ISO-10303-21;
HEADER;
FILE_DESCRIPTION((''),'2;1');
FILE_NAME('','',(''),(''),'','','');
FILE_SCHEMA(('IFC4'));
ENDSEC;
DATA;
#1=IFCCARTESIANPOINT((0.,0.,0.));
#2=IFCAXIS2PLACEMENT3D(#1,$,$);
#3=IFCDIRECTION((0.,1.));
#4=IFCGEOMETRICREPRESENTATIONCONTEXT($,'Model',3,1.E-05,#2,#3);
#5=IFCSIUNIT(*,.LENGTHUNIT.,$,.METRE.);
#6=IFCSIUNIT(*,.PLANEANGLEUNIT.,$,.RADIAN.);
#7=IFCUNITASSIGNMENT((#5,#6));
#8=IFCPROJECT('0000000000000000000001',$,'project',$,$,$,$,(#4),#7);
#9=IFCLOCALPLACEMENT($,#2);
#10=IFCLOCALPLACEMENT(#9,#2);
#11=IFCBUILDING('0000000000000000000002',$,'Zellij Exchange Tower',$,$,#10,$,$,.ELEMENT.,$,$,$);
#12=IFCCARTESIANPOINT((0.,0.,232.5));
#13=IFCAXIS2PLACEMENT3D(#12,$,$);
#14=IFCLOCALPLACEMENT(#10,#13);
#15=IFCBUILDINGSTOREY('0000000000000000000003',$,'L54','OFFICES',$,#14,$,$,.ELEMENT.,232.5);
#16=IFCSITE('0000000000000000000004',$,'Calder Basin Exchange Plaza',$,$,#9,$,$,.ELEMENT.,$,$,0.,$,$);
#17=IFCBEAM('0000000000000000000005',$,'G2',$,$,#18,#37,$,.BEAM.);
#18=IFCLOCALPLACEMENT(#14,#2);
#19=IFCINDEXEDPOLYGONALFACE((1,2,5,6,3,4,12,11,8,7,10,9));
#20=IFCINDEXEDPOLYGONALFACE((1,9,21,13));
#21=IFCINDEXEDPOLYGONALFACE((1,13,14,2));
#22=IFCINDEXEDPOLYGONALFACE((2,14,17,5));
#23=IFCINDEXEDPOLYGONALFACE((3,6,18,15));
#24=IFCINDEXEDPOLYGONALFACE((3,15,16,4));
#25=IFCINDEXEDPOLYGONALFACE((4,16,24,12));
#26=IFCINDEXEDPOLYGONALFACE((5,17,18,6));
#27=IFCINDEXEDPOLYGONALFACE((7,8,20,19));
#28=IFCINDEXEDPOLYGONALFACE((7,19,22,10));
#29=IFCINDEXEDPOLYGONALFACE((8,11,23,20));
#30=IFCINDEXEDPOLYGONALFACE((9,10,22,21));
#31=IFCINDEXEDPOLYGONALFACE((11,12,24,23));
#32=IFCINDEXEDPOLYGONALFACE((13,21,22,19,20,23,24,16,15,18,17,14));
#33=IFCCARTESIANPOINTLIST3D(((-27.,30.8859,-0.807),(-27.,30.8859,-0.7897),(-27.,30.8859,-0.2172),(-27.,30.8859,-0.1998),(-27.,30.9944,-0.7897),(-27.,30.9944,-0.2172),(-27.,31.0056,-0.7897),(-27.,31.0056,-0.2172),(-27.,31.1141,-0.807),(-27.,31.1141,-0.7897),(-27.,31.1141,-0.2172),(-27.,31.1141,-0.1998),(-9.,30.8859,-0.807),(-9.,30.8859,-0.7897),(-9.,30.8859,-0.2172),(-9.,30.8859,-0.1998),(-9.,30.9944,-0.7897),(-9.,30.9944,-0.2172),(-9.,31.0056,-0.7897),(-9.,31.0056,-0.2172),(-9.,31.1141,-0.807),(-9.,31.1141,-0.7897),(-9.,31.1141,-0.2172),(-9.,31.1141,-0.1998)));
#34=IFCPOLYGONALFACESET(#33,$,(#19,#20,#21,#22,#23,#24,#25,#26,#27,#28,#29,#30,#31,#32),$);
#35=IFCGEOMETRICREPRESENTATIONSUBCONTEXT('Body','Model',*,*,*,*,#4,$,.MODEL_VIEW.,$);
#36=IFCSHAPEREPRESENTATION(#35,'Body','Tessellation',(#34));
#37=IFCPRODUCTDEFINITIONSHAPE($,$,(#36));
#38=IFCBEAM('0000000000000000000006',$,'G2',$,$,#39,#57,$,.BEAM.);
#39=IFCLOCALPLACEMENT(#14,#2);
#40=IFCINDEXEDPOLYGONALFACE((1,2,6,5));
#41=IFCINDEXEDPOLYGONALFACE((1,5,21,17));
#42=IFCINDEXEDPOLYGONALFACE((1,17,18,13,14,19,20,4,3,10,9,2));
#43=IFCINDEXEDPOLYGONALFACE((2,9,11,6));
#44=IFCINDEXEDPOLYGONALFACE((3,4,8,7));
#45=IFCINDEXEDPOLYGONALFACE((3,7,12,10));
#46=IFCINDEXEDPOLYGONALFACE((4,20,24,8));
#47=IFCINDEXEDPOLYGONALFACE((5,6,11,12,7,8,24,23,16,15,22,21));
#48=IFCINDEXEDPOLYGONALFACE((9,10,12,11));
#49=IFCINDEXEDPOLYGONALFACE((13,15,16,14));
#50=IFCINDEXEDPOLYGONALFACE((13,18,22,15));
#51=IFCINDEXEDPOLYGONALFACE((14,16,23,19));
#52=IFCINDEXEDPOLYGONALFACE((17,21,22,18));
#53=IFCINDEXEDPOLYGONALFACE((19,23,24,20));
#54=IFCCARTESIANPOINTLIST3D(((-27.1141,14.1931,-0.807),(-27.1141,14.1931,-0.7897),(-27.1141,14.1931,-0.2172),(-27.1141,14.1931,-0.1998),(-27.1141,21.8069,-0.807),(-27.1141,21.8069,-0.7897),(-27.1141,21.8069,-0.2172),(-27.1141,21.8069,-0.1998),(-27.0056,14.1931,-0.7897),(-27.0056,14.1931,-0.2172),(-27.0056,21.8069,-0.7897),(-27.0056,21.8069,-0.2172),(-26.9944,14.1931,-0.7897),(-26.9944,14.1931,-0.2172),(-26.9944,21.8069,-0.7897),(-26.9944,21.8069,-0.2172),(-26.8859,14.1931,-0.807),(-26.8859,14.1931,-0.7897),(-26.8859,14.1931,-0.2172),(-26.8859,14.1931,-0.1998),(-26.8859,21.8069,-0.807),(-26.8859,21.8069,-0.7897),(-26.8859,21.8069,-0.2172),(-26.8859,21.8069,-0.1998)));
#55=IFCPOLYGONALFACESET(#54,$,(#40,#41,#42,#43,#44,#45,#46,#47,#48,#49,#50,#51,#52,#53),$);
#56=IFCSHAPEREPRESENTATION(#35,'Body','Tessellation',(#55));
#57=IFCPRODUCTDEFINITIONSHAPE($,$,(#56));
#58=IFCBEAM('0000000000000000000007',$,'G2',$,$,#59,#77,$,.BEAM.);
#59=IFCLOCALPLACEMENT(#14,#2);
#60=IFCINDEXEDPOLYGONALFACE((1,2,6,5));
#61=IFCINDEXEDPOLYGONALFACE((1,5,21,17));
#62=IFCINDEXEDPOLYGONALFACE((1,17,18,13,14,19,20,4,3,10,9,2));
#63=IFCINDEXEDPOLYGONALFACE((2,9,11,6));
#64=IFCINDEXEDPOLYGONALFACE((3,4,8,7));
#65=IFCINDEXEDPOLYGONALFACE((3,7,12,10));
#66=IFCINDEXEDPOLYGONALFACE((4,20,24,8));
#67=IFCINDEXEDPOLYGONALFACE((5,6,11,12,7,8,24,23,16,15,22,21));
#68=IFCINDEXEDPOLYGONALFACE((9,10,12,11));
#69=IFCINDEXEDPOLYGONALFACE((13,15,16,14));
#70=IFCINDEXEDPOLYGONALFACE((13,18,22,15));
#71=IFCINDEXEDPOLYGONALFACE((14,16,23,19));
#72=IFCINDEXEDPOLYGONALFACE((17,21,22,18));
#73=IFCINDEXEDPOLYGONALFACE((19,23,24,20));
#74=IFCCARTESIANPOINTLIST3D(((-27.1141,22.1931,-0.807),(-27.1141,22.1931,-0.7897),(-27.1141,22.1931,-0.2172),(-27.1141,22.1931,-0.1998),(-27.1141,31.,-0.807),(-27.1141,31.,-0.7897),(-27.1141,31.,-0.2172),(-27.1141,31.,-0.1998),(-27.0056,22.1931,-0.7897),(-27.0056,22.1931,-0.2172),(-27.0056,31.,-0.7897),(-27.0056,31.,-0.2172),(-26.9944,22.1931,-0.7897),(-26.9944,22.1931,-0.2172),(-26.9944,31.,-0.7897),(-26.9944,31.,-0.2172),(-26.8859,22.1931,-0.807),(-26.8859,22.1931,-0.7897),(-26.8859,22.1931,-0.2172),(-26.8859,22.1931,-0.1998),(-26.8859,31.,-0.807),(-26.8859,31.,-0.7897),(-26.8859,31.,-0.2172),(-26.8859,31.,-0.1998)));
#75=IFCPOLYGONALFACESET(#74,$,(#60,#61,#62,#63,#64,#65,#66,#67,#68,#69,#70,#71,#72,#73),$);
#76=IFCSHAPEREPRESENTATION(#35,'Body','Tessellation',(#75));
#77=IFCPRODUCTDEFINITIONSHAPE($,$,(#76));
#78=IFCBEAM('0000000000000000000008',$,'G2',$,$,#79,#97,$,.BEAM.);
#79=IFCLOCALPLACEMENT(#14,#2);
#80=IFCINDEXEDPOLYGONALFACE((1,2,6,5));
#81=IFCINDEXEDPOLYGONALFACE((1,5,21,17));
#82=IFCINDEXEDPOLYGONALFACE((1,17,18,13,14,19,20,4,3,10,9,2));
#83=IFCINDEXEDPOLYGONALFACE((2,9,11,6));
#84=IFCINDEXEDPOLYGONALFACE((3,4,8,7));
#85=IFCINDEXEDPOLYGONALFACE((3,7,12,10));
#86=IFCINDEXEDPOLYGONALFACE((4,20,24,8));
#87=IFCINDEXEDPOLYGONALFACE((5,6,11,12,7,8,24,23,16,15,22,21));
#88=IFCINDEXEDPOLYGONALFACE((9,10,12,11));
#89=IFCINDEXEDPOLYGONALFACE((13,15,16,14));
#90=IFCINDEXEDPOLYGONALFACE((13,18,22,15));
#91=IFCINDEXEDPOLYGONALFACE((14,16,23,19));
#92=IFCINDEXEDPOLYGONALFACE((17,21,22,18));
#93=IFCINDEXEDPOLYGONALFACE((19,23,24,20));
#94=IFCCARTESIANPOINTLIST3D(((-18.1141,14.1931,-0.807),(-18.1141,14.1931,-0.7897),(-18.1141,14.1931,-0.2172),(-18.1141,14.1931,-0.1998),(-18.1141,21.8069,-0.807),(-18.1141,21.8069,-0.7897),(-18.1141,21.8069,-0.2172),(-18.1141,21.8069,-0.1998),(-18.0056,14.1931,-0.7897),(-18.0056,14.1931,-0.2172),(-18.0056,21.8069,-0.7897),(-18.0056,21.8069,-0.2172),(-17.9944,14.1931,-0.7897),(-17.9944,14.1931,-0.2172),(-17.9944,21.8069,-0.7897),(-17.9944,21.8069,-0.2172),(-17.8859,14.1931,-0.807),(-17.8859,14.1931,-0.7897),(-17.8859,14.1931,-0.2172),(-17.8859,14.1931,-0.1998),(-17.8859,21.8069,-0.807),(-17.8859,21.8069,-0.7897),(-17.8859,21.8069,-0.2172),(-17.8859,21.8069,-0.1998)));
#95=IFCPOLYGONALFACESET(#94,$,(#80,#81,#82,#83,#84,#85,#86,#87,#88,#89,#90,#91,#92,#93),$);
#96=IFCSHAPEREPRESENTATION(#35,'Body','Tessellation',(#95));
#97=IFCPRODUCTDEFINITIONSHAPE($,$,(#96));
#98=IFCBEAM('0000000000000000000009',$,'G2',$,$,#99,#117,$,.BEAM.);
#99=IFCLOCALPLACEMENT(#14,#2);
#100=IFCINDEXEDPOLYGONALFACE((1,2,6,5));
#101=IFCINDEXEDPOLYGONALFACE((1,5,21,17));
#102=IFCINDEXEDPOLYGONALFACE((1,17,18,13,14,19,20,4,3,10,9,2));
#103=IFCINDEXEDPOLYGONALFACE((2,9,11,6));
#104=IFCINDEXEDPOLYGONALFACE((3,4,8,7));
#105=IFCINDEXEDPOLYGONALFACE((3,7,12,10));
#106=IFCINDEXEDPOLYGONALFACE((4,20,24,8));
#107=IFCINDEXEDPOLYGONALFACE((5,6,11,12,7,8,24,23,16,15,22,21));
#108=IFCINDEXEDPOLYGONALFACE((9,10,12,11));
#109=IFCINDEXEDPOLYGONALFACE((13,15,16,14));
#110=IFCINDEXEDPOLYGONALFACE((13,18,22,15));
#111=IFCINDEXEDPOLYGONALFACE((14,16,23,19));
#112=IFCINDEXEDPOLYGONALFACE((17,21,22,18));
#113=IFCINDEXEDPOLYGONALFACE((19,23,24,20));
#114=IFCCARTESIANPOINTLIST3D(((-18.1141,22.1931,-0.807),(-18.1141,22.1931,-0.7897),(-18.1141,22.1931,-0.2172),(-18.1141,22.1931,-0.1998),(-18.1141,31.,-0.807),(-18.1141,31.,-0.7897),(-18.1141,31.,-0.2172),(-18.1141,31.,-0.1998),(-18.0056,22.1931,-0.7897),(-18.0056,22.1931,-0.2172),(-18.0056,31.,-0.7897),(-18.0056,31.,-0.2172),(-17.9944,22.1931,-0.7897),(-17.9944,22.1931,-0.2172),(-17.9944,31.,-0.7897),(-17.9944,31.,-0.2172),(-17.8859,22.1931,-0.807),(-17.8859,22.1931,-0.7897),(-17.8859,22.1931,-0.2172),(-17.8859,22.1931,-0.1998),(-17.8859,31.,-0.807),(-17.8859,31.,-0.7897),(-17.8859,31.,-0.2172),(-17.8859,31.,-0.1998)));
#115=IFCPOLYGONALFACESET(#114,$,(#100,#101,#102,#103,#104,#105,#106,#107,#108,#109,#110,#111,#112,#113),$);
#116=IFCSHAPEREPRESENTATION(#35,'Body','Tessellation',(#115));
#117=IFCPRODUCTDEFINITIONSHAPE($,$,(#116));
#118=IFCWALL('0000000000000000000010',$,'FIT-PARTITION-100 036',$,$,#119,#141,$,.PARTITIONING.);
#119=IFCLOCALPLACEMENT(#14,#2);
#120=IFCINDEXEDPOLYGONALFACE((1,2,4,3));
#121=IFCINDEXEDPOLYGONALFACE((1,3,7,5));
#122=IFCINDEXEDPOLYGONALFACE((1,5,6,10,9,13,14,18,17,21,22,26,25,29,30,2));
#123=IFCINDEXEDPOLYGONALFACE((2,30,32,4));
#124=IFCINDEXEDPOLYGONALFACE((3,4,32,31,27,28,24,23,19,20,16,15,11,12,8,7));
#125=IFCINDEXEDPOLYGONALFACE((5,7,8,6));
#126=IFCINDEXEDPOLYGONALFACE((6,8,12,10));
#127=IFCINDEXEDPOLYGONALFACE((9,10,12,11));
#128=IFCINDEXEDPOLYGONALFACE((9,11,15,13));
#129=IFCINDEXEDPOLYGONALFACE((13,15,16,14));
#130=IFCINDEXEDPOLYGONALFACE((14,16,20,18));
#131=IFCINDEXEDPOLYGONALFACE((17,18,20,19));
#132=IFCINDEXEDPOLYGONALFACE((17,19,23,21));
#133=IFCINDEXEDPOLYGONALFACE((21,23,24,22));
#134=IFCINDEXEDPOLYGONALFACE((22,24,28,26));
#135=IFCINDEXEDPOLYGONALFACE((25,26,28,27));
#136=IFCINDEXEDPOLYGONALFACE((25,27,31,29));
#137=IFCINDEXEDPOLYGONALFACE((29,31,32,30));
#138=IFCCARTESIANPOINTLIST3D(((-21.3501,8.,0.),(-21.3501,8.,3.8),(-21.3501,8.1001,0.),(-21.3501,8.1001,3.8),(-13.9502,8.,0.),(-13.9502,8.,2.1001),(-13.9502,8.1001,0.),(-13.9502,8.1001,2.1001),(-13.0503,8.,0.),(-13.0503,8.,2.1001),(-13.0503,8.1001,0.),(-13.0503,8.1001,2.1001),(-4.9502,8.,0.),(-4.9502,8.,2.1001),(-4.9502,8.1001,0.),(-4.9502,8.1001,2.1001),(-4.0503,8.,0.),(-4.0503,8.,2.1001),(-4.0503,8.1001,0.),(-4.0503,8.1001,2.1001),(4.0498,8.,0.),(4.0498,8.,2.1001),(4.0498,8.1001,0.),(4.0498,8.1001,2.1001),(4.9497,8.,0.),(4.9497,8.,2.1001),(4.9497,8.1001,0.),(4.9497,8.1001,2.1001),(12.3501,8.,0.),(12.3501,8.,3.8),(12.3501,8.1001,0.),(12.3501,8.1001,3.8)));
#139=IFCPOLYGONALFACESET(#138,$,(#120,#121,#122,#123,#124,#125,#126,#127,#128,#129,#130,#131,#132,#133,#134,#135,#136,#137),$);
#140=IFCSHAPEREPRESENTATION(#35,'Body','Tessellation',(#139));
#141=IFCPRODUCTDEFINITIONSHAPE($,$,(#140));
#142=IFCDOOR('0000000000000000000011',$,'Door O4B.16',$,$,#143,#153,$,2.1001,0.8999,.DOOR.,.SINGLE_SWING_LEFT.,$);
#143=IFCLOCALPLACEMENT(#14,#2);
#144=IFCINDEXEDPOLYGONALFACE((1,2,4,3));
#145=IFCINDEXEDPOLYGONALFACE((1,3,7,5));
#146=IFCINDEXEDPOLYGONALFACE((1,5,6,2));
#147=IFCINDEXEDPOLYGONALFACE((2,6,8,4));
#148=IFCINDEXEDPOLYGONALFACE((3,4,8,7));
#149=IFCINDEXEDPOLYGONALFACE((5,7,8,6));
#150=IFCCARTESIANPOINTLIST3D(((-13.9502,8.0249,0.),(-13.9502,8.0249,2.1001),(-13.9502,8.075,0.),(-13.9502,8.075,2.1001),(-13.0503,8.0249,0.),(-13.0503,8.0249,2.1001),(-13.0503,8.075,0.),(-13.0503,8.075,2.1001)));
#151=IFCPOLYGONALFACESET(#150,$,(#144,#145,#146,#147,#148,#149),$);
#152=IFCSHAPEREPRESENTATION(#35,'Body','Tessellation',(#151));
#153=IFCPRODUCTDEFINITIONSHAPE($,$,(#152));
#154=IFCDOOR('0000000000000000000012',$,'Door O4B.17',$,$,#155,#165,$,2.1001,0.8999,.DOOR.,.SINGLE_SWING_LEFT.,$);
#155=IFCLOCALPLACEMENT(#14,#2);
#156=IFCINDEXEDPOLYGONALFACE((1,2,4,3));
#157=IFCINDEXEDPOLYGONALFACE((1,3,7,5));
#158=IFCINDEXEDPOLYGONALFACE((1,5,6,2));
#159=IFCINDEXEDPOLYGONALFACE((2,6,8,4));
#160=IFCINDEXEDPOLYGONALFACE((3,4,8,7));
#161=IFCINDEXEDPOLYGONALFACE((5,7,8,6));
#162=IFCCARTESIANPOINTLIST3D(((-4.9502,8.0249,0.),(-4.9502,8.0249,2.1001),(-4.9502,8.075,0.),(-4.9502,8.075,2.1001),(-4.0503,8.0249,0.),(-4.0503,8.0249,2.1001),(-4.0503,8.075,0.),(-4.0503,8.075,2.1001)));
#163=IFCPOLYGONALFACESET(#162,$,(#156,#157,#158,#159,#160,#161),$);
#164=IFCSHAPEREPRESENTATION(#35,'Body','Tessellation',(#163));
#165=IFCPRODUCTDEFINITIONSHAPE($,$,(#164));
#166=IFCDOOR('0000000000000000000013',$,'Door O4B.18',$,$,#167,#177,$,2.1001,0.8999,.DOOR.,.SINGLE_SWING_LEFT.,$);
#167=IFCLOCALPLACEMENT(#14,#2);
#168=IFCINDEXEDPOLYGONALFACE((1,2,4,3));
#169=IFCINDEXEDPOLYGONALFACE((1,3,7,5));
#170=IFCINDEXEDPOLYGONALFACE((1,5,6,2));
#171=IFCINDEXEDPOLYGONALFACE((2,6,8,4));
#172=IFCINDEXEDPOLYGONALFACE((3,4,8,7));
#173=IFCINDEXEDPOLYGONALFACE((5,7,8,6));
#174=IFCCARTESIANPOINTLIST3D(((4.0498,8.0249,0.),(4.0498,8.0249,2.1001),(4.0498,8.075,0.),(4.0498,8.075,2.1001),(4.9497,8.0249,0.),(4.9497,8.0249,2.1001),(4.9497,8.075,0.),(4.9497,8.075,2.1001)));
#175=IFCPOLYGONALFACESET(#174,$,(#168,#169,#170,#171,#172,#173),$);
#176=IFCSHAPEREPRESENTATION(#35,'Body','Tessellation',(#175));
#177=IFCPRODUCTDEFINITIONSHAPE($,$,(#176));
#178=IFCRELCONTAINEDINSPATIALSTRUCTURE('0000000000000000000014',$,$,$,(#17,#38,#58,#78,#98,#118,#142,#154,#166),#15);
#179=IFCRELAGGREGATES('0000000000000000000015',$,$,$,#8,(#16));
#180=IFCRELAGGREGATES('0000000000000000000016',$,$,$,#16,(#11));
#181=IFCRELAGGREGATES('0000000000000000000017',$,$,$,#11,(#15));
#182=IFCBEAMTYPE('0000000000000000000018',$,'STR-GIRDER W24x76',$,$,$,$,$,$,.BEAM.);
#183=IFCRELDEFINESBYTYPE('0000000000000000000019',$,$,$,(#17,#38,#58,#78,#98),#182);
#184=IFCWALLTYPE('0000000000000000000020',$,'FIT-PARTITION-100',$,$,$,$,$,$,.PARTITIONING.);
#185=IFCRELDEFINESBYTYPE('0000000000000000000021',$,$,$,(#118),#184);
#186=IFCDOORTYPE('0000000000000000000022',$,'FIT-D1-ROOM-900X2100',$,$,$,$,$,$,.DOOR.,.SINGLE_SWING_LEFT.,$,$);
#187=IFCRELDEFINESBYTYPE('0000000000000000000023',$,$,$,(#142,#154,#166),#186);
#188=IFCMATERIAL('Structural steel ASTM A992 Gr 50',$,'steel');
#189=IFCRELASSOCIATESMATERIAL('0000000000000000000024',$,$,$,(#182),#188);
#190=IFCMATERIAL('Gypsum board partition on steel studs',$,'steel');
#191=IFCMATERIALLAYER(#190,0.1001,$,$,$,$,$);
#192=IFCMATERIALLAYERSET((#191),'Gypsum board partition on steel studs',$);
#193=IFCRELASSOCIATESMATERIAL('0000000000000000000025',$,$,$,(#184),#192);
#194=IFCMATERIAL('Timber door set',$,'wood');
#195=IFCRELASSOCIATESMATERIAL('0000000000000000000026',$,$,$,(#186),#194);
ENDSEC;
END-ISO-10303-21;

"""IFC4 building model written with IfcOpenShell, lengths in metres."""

from ifc_helpers import new_model, si_unit, direction, frame, frame_2d, origin, origin_2d, place, context, subcontext, project, spatial, rectangle, i_section, extrude, material, layer, layer_set, material_profile, profile_set, type_object, element, fill, save


model = new_model("IFC4")

# Units and contexts
model_context = context("Model", 3, precision=1e-05, world=origin(), true_north=direction((0.0, 1.0)))
body_context = subcontext(model_context, "Body", "Model", "MODEL_VIEW")
ifc_project = project(units=[si_unit("LENGTHUNIT", "METRE"), si_unit("PLANEANGLEUNIT", "RADIAN")], contexts=[model_context])

# Site, building, storey
site_placement = place(None, origin())
site = spatial("IfcSite", under=ifc_project, at=site_placement, Name="Calder Basin Exchange Plaza", CompositionType="ELEMENT", RefElevation=0.0)
building_placement = place(site_placement, origin())
building = spatial("IfcBuilding", under=site, at=building_placement, Name="Zellij Exchange Tower", CompositionType="ELEMENT")
storey_placement = place(building_placement, frame((0.0, 0.0, 232.5)))
storey = spatial("IfcBuildingStorey", under=building, at=storey_placement, Name="L54", Description="OFFICES", CompositionType="ELEMENT", Elevation=232.5)

# Shared definitions
ifc_material_1 = material(Name="Structural steel ASTM A992 Gr 50", Category="steel")

# Beams
ifc_material_profile_1 = material_profile(ifc_material_1, i_section(OverallWidth=0.2283, OverallDepth=0.6072, WebThickness=0.0112, FlangeThickness=0.0173, at=origin_2d()), Name="W24x76")
ifc_profile_set_1 = profile_set([ifc_material_profile_1], Name="Structural steel ASTM A992 Gr 50")
beam_type = type_object("IfcBeamType", Name="STR-GIRDER W24x76", PredefinedType="BEAM", material=ifc_profile_set_1)
beam_1_placement = place(storey_placement, frame((-27.0, 31.0, -0.5034), z_axis=(1.0, 0.0, 0.0), x_axis=(0.0, 1.0, 0.0)))
element("IfcBeam", 1, at=beam_1_placement, inside=storey, type_object=beam_type, Name="G2", PredefinedType="BEAM", context=body_context, shape_type="SweptSolid", body=[
    extrude(i_section(OverallWidth=0.2283, OverallDepth=0.6072, WebThickness=0.0112, FlangeThickness=0.0173, at=origin_2d()), origin(), (0.0, 0.0, 1.0), 18.0),
])
beam_2_placement = place(storey_placement, frame((-27.0, 14.1931, -0.5034), z_axis=(0.0, 1.0, 0.0), x_axis=(-1.0, 0.0, 0.0)))
element("IfcBeam", 2, at=beam_2_placement, inside=storey, type_object=beam_type, Name="G2", PredefinedType="BEAM", context=body_context, shape_type="SweptSolid", body=[
    extrude(i_section(OverallWidth=0.2283, OverallDepth=0.6072, WebThickness=0.0112, FlangeThickness=0.0173, at=origin_2d()), origin(), (0.0, 0.0, 1.0), 7.6138),
])
beam_3_placement = place(storey_placement, frame((-27.0, 22.1931, -0.5034), z_axis=(0.0, 1.0, 0.0), x_axis=(-1.0, 0.0, 0.0)))
element("IfcBeam", 3, at=beam_3_placement, inside=storey, type_object=beam_type, Name="G2", PredefinedType="BEAM", context=body_context, shape_type="SweptSolid", body=[
    extrude(i_section(OverallWidth=0.2283, OverallDepth=0.6072, WebThickness=0.0112, FlangeThickness=0.0173, at=origin_2d()), origin(), (0.0, 0.0, 1.0), 8.8069),
])
beam_4_placement = place(storey_placement, frame((-18.0, 14.1931, -0.5034), z_axis=(0.0, 1.0, 0.0), x_axis=(-1.0, 0.0, 0.0)))
element("IfcBeam", 4, at=beam_4_placement, inside=storey, type_object=beam_type, Name="G2", PredefinedType="BEAM", context=body_context, shape_type="SweptSolid", body=[
    extrude(i_section(OverallWidth=0.2283, OverallDepth=0.6072, WebThickness=0.0112, FlangeThickness=0.0173, at=origin_2d()), origin(), (0.0, 0.0, 1.0), 7.6138),
])
beam_5_placement = place(storey_placement, frame((-18.0, 22.1931, -0.5034), z_axis=(0.0, 1.0, 0.0), x_axis=(-1.0, 0.0, 0.0)))
element("IfcBeam", 5, at=beam_5_placement, inside=storey, type_object=beam_type, Name="G2", PredefinedType="BEAM", context=body_context, shape_type="SweptSolid", body=[
    extrude(i_section(OverallWidth=0.2283, OverallDepth=0.6072, WebThickness=0.0112, FlangeThickness=0.0173, at=origin_2d()), origin(), (0.0, 0.0, 1.0), 8.8069),
])

# Wall, openings, doors
ifc_material_2 = material(Name="Gypsum board partition on steel studs", Category="steel")
ifc_layer = layer(ifc_material_2, 0.1001)
ifc_layer_set = layer_set([ifc_layer], Name="Gypsum board partition on steel studs")
wall_type = type_object("IfcWallType", Name="FIT-PARTITION-100", PredefinedType="PARTITIONING", material=ifc_layer_set)
wall_1_placement = place(storey_placement, frame((-21.3501, 8.05, 0.0), z_axis=(0.0, 0.0, 1.0), x_axis=(1.0, 0.0, 0.0)))
wall_1 = element("IfcWall", 6, at=wall_1_placement, inside=storey, type_object=wall_type, Name="FIT-PARTITION-100 036", PredefinedType="PARTITIONING", context=body_context, shape_type="SweptSolid", body=[
    extrude(rectangle(XDim=33.7002, YDim=0.1001, at=frame_2d((16.8501, 0.0))), origin(), (0.0, 0.0, 1.0), 3.8),
])
opening_1_placement = place(wall_1_placement, frame((7.3999, 0.0, 0.0)))
opening_1 = element("IfcOpeningElement", 7, at=opening_1_placement, cuts=wall_1, PredefinedType="OPENING", context=body_context, shape_type="SweptSolid", body=[
    extrude(rectangle(XDim=0.8999, YDim=2.1001, at=frame_2d((0.45, 1.05))), frame((0.0, 0.062, 0.0), z_axis=(0.0, -1.0, 0.0), x_axis=(1.0, 0.0, 0.0)), (0.0, 0.0, 1.0), 0.124),
])
opening_2_placement = place(wall_1_placement, frame((16.3999, 0.0, 0.0)))
opening_2 = element("IfcOpeningElement", 8, at=opening_2_placement, cuts=wall_1, PredefinedType="OPENING", context=body_context, shape_type="SweptSolid", body=[
    extrude(rectangle(XDim=0.8999, YDim=2.1001, at=frame_2d((0.45, 1.05))), frame((0.0, 0.062, 0.0), z_axis=(0.0, -1.0, 0.0), x_axis=(1.0, 0.0, 0.0)), (0.0, 0.0, 1.0), 0.124),
])
opening_3_placement = place(wall_1_placement, frame((25.3999, 0.0, 0.0)))
opening_3 = element("IfcOpeningElement", 9, at=opening_3_placement, cuts=wall_1, PredefinedType="OPENING", context=body_context, shape_type="SweptSolid", body=[
    extrude(rectangle(XDim=0.8999, YDim=2.1001, at=frame_2d((0.45, 1.05))), frame((0.0, 0.062, 0.0), z_axis=(0.0, -1.0, 0.0), x_axis=(1.0, 0.0, 0.0)), (0.0, 0.0, 1.0), 0.124),
])
ifc_material_3 = material(Name="Timber door set", Category="wood")
door_type = type_object("IfcDoorType", Name="FIT-D1-ROOM-900X2100", OperationType="SINGLE_SWING_LEFT", PredefinedType="DOOR", material=ifc_material_3)
door_1_placement = place(opening_1_placement, origin())
door_1 = element("IfcDoor", 10, at=door_1_placement, inside=storey, type_object=door_type, Name="Door O4B.16", OperationType="SINGLE_SWING_LEFT", OverallHeight=2.1001, OverallWidth=0.8999, PredefinedType="DOOR", context=body_context, shape_type="SweptSolid", body=[
    extrude(rectangle(XDim=0.8999, YDim=2.1001, at=frame_2d((0.45, 1.05))), frame((0.0, 0.0249, 0.0), z_axis=(0.0, -1.0, 0.0), x_axis=(1.0, 0.0, 0.0)), (0.0, 0.0, 1.0), 0.05),
])
fill(opening_1, door_1)
door_2_placement = place(opening_2_placement, origin())
door_2 = element("IfcDoor", 11, at=door_2_placement, inside=storey, type_object=door_type, Name="Door O4B.17", OperationType="SINGLE_SWING_LEFT", OverallHeight=2.1001, OverallWidth=0.8999, PredefinedType="DOOR", context=body_context, shape_type="SweptSolid", body=[
    extrude(rectangle(XDim=0.8999, YDim=2.1001, at=frame_2d((0.45, 1.05))), frame((0.0, 0.0249, 0.0), z_axis=(0.0, -1.0, 0.0), x_axis=(1.0, 0.0, 0.0)), (0.0, 0.0, 1.0), 0.05),
])
fill(opening_2, door_2)
door_3_placement = place(opening_3_placement, origin())
door_3 = element("IfcDoor", 12, at=door_3_placement, inside=storey, type_object=door_type, Name="Door O4B.18", OperationType="SINGLE_SWING_LEFT", OverallHeight=2.1001, OverallWidth=0.8999, PredefinedType="DOOR", context=body_context, shape_type="SweptSolid", body=[
    extrude(rectangle(XDim=0.8999, YDim=2.1001, at=frame_2d((0.45, 1.05))), frame((0.0, 0.0249, 0.0), z_axis=(0.0, -1.0, 0.0), x_axis=(1.0, 0.0, 0.0)), (0.0, 0.0, 1.0), 0.05),
])
fill(opening_3, door_3)

save(model, "model.ifc")
